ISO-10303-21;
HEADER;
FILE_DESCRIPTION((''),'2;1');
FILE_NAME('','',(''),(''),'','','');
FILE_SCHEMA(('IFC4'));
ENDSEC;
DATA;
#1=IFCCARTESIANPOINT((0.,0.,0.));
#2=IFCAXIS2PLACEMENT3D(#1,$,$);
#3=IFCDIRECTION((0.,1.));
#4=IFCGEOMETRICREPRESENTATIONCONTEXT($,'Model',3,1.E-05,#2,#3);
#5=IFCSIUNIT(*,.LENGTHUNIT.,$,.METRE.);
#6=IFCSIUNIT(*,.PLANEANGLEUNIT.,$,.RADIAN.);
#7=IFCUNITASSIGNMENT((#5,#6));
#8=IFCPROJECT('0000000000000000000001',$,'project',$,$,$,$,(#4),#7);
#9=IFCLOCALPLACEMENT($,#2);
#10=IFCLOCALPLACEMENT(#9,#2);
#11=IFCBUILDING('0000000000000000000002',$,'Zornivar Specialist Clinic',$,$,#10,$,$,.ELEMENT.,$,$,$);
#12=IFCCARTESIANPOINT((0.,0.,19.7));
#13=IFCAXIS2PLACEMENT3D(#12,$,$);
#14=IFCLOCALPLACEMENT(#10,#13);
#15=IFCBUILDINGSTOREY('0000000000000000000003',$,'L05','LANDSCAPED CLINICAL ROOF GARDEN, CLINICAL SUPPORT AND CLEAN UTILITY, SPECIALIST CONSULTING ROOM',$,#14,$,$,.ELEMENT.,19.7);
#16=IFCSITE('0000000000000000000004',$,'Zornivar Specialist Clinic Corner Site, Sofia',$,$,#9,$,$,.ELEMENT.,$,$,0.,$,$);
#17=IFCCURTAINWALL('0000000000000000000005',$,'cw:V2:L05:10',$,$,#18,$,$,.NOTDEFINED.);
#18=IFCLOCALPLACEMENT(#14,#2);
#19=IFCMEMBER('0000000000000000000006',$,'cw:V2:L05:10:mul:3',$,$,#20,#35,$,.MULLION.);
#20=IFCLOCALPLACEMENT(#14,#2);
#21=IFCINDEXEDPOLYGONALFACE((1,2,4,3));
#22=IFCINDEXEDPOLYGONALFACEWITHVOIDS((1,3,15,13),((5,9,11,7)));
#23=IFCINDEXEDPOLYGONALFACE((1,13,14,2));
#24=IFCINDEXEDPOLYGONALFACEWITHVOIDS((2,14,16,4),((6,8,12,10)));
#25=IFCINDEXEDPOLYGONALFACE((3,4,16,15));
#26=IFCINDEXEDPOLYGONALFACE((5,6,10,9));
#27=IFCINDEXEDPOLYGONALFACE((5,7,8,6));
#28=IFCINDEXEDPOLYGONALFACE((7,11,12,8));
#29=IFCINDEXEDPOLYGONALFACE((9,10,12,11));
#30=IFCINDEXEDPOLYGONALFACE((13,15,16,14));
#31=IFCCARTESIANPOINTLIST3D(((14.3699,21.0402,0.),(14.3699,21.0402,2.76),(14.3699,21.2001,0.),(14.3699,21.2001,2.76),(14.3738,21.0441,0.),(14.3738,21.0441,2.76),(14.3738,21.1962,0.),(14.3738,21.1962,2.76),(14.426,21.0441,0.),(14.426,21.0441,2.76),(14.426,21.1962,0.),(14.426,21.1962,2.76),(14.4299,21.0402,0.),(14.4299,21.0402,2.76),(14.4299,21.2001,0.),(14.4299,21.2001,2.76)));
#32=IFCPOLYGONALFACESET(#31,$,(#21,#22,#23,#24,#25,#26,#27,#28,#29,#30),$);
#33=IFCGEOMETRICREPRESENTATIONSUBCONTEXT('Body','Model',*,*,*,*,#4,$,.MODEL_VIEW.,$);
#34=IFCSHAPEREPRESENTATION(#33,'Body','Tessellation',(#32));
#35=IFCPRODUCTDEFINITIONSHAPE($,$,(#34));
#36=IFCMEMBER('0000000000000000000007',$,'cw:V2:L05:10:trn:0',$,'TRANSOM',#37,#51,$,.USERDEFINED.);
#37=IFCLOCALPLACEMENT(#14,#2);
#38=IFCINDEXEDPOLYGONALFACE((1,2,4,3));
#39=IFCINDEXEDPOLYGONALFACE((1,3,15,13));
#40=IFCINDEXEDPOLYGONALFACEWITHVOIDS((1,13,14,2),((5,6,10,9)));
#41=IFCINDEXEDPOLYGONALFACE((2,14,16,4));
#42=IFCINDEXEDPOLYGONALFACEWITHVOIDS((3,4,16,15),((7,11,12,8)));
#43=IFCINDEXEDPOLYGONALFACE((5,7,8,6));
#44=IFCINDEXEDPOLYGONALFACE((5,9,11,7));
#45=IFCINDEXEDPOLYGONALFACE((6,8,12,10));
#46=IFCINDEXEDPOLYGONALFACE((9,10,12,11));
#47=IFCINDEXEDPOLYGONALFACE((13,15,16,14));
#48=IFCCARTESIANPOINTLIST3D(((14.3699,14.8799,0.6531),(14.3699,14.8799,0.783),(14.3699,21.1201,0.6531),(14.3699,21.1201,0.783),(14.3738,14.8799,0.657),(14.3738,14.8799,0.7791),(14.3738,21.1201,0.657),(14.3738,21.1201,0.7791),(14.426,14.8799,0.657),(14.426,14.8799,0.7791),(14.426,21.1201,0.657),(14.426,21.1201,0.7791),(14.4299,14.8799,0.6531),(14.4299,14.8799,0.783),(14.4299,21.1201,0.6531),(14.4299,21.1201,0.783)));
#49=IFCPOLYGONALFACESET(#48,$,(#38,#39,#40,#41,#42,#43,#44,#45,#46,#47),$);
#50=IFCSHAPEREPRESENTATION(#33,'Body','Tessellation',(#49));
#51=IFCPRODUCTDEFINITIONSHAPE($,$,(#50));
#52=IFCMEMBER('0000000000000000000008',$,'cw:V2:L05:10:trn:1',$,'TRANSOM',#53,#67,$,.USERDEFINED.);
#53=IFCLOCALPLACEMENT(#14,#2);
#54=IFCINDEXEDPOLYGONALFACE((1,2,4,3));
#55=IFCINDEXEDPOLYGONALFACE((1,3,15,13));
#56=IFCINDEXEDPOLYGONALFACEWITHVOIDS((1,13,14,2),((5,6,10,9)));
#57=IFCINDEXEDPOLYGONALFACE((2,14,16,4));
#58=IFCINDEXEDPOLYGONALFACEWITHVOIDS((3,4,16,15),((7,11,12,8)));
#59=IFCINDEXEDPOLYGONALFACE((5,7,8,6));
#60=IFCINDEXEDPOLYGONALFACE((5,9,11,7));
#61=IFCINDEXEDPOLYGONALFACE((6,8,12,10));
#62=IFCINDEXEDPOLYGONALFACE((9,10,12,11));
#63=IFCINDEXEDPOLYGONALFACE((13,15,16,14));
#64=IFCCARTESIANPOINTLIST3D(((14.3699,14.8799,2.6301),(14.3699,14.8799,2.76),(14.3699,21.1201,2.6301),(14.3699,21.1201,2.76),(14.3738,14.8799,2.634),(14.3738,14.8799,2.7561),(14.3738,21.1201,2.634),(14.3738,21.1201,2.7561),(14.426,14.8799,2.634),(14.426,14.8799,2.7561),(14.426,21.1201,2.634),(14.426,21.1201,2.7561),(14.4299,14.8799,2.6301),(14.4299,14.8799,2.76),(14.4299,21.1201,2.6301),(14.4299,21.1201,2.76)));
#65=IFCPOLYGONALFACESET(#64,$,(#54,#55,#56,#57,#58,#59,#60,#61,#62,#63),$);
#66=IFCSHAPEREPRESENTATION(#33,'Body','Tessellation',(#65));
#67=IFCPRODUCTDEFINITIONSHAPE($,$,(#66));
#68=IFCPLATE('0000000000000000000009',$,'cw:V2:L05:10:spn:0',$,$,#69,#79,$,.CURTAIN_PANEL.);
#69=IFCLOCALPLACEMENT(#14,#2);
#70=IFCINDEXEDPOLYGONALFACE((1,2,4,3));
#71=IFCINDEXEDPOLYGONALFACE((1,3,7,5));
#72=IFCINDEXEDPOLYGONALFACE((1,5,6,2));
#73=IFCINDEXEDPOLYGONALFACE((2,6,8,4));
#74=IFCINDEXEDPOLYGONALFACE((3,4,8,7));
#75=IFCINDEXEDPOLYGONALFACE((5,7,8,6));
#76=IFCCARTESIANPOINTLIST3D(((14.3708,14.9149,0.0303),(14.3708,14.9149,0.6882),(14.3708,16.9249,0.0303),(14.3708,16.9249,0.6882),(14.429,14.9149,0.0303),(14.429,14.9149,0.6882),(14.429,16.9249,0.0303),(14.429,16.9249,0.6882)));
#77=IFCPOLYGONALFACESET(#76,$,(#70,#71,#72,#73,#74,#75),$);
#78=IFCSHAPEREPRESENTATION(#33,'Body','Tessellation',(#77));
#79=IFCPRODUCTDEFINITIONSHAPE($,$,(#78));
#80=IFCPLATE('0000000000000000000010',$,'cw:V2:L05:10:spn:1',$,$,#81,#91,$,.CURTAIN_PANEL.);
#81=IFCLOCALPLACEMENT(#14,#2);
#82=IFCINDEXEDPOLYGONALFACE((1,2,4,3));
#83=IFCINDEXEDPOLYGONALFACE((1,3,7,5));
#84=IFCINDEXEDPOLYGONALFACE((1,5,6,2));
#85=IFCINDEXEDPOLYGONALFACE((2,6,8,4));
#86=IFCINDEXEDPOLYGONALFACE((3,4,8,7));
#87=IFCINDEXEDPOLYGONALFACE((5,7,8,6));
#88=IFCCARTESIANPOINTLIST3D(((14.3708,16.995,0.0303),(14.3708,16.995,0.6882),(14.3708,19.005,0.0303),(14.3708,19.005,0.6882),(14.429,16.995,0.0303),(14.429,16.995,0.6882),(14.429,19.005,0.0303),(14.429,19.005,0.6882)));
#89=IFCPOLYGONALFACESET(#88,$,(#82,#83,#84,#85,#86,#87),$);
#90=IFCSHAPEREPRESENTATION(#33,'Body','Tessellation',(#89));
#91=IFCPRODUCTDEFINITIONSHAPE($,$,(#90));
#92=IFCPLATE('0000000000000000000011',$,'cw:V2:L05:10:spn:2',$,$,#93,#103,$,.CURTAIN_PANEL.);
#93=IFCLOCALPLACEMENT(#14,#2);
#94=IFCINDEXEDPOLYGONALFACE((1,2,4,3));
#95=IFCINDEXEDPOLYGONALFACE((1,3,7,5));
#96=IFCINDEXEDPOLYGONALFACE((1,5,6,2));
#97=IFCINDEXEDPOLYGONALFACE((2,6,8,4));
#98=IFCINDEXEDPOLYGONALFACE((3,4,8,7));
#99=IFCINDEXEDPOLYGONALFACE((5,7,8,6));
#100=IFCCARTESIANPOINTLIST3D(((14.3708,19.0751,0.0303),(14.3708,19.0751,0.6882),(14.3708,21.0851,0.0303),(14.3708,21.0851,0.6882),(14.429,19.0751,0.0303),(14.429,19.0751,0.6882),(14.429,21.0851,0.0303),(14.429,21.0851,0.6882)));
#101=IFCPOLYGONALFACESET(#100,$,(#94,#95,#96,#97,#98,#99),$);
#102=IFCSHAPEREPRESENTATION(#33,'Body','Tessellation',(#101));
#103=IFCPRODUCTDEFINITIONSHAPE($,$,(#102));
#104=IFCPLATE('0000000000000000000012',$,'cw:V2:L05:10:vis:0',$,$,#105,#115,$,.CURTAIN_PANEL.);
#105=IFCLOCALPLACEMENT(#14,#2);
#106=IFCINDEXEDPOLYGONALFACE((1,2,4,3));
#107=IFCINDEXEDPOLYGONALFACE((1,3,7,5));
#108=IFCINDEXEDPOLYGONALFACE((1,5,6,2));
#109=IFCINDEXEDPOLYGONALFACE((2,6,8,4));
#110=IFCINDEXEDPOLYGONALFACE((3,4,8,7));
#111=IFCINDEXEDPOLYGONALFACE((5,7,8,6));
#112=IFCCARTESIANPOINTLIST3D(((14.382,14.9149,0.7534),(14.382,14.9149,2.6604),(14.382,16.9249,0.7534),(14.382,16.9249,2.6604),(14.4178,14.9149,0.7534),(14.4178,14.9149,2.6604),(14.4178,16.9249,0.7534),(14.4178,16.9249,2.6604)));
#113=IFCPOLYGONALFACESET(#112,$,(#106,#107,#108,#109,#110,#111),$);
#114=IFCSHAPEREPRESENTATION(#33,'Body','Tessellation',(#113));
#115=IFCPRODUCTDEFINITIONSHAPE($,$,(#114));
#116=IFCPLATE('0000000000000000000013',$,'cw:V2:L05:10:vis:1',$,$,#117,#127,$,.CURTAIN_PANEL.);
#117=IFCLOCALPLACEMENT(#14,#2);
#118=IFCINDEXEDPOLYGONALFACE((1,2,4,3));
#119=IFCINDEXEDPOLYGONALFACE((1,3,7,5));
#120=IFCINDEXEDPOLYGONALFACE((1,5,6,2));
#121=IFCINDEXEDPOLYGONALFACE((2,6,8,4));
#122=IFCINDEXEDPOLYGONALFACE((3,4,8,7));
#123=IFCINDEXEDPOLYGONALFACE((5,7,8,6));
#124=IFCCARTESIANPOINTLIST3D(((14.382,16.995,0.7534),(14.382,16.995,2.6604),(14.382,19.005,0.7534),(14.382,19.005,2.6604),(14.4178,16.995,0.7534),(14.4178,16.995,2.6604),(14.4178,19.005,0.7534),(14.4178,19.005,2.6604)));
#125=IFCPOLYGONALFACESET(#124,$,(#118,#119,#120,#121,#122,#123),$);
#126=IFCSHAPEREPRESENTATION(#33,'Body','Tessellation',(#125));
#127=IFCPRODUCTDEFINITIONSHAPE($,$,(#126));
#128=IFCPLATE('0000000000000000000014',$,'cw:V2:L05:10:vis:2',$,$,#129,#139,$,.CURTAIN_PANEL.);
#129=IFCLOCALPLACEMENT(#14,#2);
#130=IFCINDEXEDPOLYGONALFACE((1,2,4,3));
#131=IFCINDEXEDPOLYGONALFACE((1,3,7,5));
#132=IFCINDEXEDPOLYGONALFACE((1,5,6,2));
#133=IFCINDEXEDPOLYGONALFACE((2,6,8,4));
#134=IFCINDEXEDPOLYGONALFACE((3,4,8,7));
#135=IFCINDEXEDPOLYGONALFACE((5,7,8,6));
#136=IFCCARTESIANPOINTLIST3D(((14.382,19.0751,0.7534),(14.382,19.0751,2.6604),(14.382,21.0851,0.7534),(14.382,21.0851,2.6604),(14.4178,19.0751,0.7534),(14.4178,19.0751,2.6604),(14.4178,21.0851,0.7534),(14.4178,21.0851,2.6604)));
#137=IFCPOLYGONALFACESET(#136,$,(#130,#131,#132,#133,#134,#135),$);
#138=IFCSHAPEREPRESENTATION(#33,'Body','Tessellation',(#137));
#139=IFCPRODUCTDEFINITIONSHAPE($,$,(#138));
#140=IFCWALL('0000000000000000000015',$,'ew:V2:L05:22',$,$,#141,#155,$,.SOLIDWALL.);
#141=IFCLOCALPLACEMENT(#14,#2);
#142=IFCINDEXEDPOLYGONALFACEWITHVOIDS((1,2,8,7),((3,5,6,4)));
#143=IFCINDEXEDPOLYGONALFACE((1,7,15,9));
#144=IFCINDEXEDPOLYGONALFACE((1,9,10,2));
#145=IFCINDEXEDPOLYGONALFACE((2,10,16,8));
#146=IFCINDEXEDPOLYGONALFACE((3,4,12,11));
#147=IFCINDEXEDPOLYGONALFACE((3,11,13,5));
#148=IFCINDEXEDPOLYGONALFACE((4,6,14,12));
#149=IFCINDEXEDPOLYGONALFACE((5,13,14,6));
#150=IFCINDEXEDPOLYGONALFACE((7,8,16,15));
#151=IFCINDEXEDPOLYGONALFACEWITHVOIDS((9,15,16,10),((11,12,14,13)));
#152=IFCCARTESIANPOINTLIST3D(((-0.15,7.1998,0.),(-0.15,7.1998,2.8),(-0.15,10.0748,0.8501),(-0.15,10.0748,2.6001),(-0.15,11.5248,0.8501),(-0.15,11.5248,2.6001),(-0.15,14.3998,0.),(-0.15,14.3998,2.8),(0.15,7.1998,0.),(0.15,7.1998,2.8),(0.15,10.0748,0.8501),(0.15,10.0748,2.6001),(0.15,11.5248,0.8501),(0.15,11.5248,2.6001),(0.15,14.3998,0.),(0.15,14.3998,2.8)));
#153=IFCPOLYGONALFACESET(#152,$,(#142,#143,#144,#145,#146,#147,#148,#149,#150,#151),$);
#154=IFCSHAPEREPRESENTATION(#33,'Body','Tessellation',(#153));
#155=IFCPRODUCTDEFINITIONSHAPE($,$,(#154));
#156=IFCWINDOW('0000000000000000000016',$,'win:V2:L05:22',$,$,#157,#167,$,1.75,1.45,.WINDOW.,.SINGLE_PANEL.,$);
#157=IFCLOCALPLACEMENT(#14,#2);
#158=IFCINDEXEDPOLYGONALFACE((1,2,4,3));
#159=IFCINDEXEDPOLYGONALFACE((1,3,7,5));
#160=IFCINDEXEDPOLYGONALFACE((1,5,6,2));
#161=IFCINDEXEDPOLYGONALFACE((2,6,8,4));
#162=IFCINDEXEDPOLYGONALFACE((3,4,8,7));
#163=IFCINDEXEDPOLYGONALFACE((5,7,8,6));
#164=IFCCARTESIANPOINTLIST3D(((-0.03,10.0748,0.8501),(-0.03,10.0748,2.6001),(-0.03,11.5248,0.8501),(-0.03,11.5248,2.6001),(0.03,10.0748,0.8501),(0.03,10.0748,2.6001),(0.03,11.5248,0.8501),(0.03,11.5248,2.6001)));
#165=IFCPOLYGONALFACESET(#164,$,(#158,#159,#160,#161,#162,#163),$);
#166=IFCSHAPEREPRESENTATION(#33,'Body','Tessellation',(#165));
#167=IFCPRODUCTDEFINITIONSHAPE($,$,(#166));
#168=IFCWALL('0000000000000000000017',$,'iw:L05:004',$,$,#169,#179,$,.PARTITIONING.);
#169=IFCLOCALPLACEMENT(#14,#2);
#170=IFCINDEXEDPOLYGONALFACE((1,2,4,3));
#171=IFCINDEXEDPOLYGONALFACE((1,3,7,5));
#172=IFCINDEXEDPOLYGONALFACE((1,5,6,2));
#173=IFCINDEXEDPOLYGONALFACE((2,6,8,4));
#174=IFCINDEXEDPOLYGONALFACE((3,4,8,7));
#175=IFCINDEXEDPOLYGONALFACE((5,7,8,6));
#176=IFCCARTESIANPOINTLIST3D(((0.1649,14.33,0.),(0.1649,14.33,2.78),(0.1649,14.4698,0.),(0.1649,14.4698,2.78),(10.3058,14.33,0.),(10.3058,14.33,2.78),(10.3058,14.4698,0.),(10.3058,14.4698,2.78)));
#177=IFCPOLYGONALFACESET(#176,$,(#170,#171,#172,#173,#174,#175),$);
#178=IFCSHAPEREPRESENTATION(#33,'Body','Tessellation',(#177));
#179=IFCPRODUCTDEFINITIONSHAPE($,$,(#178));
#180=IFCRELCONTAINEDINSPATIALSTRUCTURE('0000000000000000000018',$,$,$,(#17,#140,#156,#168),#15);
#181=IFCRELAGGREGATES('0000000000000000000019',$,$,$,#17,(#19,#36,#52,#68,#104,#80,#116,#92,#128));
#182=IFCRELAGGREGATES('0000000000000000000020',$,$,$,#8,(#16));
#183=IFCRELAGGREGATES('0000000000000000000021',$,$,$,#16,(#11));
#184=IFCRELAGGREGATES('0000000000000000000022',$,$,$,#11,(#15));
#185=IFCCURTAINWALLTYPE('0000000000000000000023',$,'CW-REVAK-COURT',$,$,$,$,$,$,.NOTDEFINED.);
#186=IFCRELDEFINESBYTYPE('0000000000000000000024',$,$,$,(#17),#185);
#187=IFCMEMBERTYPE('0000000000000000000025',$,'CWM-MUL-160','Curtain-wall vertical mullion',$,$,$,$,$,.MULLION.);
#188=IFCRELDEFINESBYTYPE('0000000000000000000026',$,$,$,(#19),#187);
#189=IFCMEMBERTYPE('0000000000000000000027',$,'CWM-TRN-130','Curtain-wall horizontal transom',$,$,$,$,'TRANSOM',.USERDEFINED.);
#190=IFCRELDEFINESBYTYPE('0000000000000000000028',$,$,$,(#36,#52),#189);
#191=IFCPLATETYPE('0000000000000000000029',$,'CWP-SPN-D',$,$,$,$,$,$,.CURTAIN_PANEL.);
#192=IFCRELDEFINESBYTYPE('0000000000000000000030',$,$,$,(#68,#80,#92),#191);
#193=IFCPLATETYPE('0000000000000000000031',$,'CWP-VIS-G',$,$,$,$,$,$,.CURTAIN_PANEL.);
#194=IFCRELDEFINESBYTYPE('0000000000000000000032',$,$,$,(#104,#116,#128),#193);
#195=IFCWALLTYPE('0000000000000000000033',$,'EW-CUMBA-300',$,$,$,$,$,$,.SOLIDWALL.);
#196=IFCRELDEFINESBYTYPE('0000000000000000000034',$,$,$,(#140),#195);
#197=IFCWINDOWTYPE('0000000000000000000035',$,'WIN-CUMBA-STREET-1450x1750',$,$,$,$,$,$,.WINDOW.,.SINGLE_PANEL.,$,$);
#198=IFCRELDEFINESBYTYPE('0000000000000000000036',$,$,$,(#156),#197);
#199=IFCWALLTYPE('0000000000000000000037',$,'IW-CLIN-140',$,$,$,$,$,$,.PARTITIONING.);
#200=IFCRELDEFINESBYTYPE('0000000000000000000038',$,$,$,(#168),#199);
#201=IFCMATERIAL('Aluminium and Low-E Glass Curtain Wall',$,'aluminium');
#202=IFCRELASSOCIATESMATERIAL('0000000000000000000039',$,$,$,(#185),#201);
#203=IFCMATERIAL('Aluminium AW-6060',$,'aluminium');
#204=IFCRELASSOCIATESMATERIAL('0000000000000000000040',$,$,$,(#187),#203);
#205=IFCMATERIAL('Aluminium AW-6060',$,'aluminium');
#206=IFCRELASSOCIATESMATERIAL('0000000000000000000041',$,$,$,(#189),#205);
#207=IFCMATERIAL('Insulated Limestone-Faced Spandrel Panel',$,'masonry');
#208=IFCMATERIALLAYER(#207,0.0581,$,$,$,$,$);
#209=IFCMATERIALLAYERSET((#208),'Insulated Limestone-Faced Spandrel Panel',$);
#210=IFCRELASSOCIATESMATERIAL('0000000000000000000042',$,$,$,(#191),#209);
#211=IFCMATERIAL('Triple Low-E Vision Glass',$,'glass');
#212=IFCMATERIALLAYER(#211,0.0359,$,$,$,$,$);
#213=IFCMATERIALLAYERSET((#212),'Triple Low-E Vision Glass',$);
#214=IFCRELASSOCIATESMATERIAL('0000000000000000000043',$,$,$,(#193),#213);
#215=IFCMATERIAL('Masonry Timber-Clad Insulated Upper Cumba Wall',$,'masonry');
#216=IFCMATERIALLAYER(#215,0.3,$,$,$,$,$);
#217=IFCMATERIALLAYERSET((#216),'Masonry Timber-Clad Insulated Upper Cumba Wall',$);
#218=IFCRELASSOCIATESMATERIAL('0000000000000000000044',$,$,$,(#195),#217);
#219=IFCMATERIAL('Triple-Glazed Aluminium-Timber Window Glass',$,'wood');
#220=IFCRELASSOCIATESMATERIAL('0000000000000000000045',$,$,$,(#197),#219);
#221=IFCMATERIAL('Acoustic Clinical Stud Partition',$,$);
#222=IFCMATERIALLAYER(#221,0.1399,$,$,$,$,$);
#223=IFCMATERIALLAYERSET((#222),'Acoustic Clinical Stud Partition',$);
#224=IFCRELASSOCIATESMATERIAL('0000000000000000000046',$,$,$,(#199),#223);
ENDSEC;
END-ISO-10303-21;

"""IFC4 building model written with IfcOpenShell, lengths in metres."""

from ifc_helpers import new_model, si_unit, direction, frame, frame_2d, origin, origin_2d, place, context, subcontext, project, spatial, rectangle, hollow_rectangle, extrude, material, layer, layer_set, material_profile, profile_set, type_object, element, fill, aggregate, save


model = new_model("IFC4")

# Units and contexts
model_context = context("Model", 3, precision=1e-05, world=origin(), true_north=direction((0.0, 1.0)))
body_context = subcontext(model_context, "Body", "Model", "MODEL_VIEW")
ifc_project = project(units=[si_unit("LENGTHUNIT", "METRE"), si_unit("PLANEANGLEUNIT", "RADIAN")], contexts=[model_context])

# Site, building, storey
site_placement = place(None, origin())
site = spatial("IfcSite", under=ifc_project, at=site_placement, Name="Zornivar Specialist Clinic Corner Site, Sofia", CompositionType="ELEMENT", RefElevation=0.0)
building_placement = place(site_placement, origin())
building = spatial("IfcBuilding", under=site, at=building_placement, Name="Zornivar Specialist Clinic", CompositionType="ELEMENT")
storey_placement = place(building_placement, frame((0.0, 0.0, 19.7)))
storey = spatial("IfcBuildingStorey", under=building, at=storey_placement, Name="L05", Description="LANDSCAPED CLINICAL ROOF GARDEN, CLINICAL SUPPORT AND CLEAN UTILITY, SPECIALIST CONSULTING ROOM", CompositionType="ELEMENT", Elevation=19.7)

# Curtain wall, members, plates
ifc_material_1 = material(Name="Aluminium and Low-E Glass Curtain Wall", Category="aluminium")
curtain_wall_type = type_object("IfcCurtainWallType", Name="CW-REVAK-COURT", PredefinedType="NOTDEFINED", material=ifc_material_1)
curtain_wall_placement = place(storey_placement, origin())
curtain_wall = element("IfcCurtainWall", 1, at=curtain_wall_placement, inside=storey, type_object=curtain_wall_type, Name="cw:V2:L05:10", PredefinedType="NOTDEFINED")
ifc_material_2 = material(Name="Aluminium AW-6060", Category="aluminium")
ifc_material_profile_1 = material_profile(ifc_material_2, hollow_rectangle(XDim=0.0601, YDim=0.1599, WallThickness=0.0039, at=origin_2d()), Name="ALU 60x160x4")
ifc_profile_set_1 = profile_set([ifc_material_profile_1], Name="Aluminium AW-6060")
member_type_1 = type_object("IfcMemberType", Name="CWM-MUL-160", Description="Curtain-wall vertical mullion", PredefinedType="MULLION", material=ifc_profile_set_1)
member_1_placement = place(storey_placement, frame((14.3999, 21.1201, 0.0), z_axis=(0.0, 0.0, 1.0), x_axis=(1.0, 0.0, 0.0)))
member_1 = element("IfcMember", 2, at=member_1_placement, type_object=member_type_1, Name="cw:V2:L05:10:mul:3", PredefinedType="MULLION", context=body_context, shape_type="SweptSolid", body=[
    extrude(hollow_rectangle(XDim=0.0601, YDim=0.1599, WallThickness=0.0039, at=origin_2d()), origin(), (0.0, 0.0, 1.0), 2.76),
])
ifc_material_3 = material(Name="Aluminium AW-6060", Category="aluminium")
ifc_material_profile_2 = material_profile(ifc_material_3, hollow_rectangle(XDim=0.0601, YDim=0.1299, WallThickness=0.0039, at=origin_2d()), Name="ALU 60x130x4")
ifc_profile_set_2 = profile_set([ifc_material_profile_2], Name="Aluminium AW-6060")
member_type_2 = type_object("IfcMemberType", Name="CWM-TRN-130", Description="Curtain-wall horizontal transom", ElementType="TRANSOM", PredefinedType="USERDEFINED", material=ifc_profile_set_2)
member_2_placement = place(storey_placement, frame((14.3999, 14.8799, 0.718), z_axis=(0.0, 1.0, 0.0), x_axis=(-1.0, 0.0, 0.0)))
member_2 = element("IfcMember", 3, at=member_2_placement, type_object=member_type_2, Name="cw:V2:L05:10:trn:0", ObjectType="TRANSOM", PredefinedType="USERDEFINED", context=body_context, shape_type="SweptSolid", body=[
    extrude(hollow_rectangle(XDim=0.0601, YDim=0.1299, WallThickness=0.0039, at=origin_2d()), origin(), (0.0, 0.0, 1.0), 6.2402),
])
member_3_placement = place(storey_placement, frame((14.3999, 14.8799, 2.6951), z_axis=(0.0, 1.0, 0.0), x_axis=(-1.0, 0.0, 0.0)))
member_3 = element("IfcMember", 4, at=member_3_placement, type_object=member_type_2, Name="cw:V2:L05:10:trn:1", ObjectType="TRANSOM", PredefinedType="USERDEFINED", context=body_context, shape_type="SweptSolid", body=[
    extrude(hollow_rectangle(XDim=0.0601, YDim=0.1299, WallThickness=0.0039, at=origin_2d()), origin(), (0.0, 0.0, 1.0), 6.2402),
])
ifc_material_4 = material(Name="Insulated Limestone-Faced Spandrel Panel", Category="masonry")
ifc_layer_1 = layer(ifc_material_4, 0.0581)
ifc_layer_set_1 = layer_set([ifc_layer_1], Name="Insulated Limestone-Faced Spandrel Panel")
plate_type_1 = type_object("IfcPlateType", Name="CWP-SPN-D", PredefinedType="CURTAIN_PANEL", material=ifc_layer_set_1)
plate_1_placement = place(storey_placement, frame((14.3999, 15.9199, 0.0303), z_axis=(0.0, 0.0, 1.0), x_axis=(0.0, 1.0, 0.0)))
plate_1 = element("IfcPlate", 5, at=plate_1_placement, type_object=plate_type_1, Name="cw:V2:L05:10:spn:0", PredefinedType="CURTAIN_PANEL", context=body_context, shape_type="SweptSolid", body=[
    extrude(rectangle(XDim=2.01, YDim=0.0581, at=origin_2d()), origin(), (0.0, 0.0, 1.0), 0.658),
])
plate_2_placement = place(storey_placement, frame((14.3999, 18.0, 0.0303), z_axis=(0.0, 0.0, 1.0), x_axis=(0.0, 1.0, 0.0)))
plate_2 = element("IfcPlate", 6, at=plate_2_placement, type_object=plate_type_1, Name="cw:V2:L05:10:spn:1", PredefinedType="CURTAIN_PANEL", context=body_context, shape_type="SweptSolid", body=[
    extrude(rectangle(XDim=2.01, YDim=0.0581, at=origin_2d()), origin(), (0.0, 0.0, 1.0), 0.658),
])
plate_3_placement = place(storey_placement, frame((14.3999, 20.0801, 0.0303), z_axis=(0.0, 0.0, 1.0), x_axis=(0.0, 1.0, 0.0)))
plate_3 = element("IfcPlate", 7, at=plate_3_placement, type_object=plate_type_1, Name="cw:V2:L05:10:spn:2", PredefinedType="CURTAIN_PANEL", context=body_context, shape_type="SweptSolid", body=[
    extrude(rectangle(XDim=2.01, YDim=0.0581, at=origin_2d()), origin(), (0.0, 0.0, 1.0), 0.658),
])
ifc_material_5 = material(Name="Triple Low-E Vision Glass", Category="glass")
ifc_layer_2 = layer(ifc_material_5, 0.0359)
ifc_layer_set_2 = layer_set([ifc_layer_2], Name="Triple Low-E Vision Glass")
plate_type_2 = type_object("IfcPlateType", Name="CWP-VIS-G", PredefinedType="CURTAIN_PANEL", material=ifc_layer_set_2)
plate_4_placement = place(storey_placement, frame((14.3999, 15.9199, 0.7534), z_axis=(0.0, 0.0, 1.0), x_axis=(0.0, 1.0, 0.0)))
plate_4 = element("IfcPlate", 8, at=plate_4_placement, type_object=plate_type_2, Name="cw:V2:L05:10:vis:0", PredefinedType="CURTAIN_PANEL", context=body_context, shape_type="SweptSolid", body=[
    extrude(rectangle(XDim=2.01, YDim=0.0359, at=origin_2d()), origin(), (0.0, 0.0, 1.0), 1.907),
])
plate_5_placement = place(storey_placement, frame((14.3999, 18.0, 0.7534), z_axis=(0.0, 0.0, 1.0), x_axis=(0.0, 1.0, 0.0)))
plate_5 = element("IfcPlate", 9, at=plate_5_placement, type_object=plate_type_2, Name="cw:V2:L05:10:vis:1", PredefinedType="CURTAIN_PANEL", context=body_context, shape_type="SweptSolid", body=[
    extrude(rectangle(XDim=2.01, YDim=0.0359, at=origin_2d()), origin(), (0.0, 0.0, 1.0), 1.907),
])
plate_6_placement = place(storey_placement, frame((14.3999, 20.0801, 0.7534), z_axis=(0.0, 0.0, 1.0), x_axis=(0.0, 1.0, 0.0)))
plate_6 = element("IfcPlate", 10, at=plate_6_placement, type_object=plate_type_2, Name="cw:V2:L05:10:vis:2", PredefinedType="CURTAIN_PANEL", context=body_context, shape_type="SweptSolid", body=[
    extrude(rectangle(XDim=2.01, YDim=0.0359, at=origin_2d()), origin(), (0.0, 0.0, 1.0), 1.907),
])
aggregate(curtain_wall, [member_1, member_2, member_3, plate_1, plate_4, plate_2, plate_5, plate_3, plate_6])

# Wall, opening, window
ifc_material_6 = material(Name="Masonry Timber-Clad Insulated Upper Cumba Wall", Category="masonry")
ifc_layer_3 = layer(ifc_material_6, 0.3)
ifc_layer_set_3 = layer_set([ifc_layer_3], Name="Masonry Timber-Clad Insulated Upper Cumba Wall")
wall_type_1 = type_object("IfcWallType", Name="EW-CUMBA-300", PredefinedType="SOLIDWALL", material=ifc_layer_set_3)
wall_1_placement = place(storey_placement, frame((0.0, 14.3999, 0.0), z_axis=(0.0, 0.0, 1.0), x_axis=(0.0, -1.0, 0.0)))
wall_1 = element("IfcWall", 11, at=wall_1_placement, inside=storey, type_object=wall_type_1, Name="ew:V2:L05:22", PredefinedType="SOLIDWALL", context=body_context, shape_type="SweptSolid", body=[
    extrude(rectangle(XDim=7.2, YDim=0.3, at=frame_2d((3.6001, 0.0))), origin(), (0.0, 0.0, 1.0), 2.8),
])
opening_1_placement = place(wall_1_placement, frame((2.875, 0.0, 0.8501)))
opening_1 = element("IfcOpeningElement", 12, at=opening_1_placement, cuts=wall_1, PredefinedType="OPENING", context=body_context, shape_type="SweptSolid", body=[
    extrude(rectangle(XDim=1.45, YDim=1.75, at=frame_2d((0.7251, 0.875))), frame((0.0, 0.1599, 0.0), z_axis=(0.0, -1.0, 0.0), x_axis=(1.0, 0.0, 0.0)), (0.0, 0.0, 1.0), 0.3201),
])
ifc_material_7 = material(Name="Triple-Glazed Aluminium-Timber Window Glass", Category="wood")
window_type = type_object("IfcWindowType", Name="WIN-CUMBA-STREET-1450x1750", PartitioningType="SINGLE_PANEL", PredefinedType="WINDOW", material=ifc_material_7)
window_placement = place(opening_1_placement, origin())
window = element("IfcWindow", 13, at=window_placement, inside=storey, type_object=window_type, Name="win:V2:L05:22", OverallHeight=1.75, OverallWidth=1.45, PartitioningType="SINGLE_PANEL", PredefinedType="WINDOW", context=body_context, shape_type="SweptSolid", body=[
    extrude(rectangle(XDim=1.45, YDim=1.75, at=frame_2d((0.7251, 0.875))), frame((0.0, 0.03, 0.0), z_axis=(0.0, -1.0, 0.0), x_axis=(1.0, 0.0, 0.0)), (0.0, 0.0, 1.0), 0.0601),
])
fill(opening_1, window)

# Wall
ifc_material_8 = material(Name="Acoustic Clinical Stud Partition")
ifc_layer_4 = layer(ifc_material_8, 0.1399)
ifc_layer_set_4 = layer_set([ifc_layer_4], Name="Acoustic Clinical Stud Partition")
wall_type_2 = type_object("IfcWallType", Name="IW-CLIN-140", PredefinedType="PARTITIONING", material=ifc_layer_set_4)
wall_2_placement = place(storey_placement, frame((0.165, 14.3999, 0.0), z_axis=(0.0, 0.0, 1.0), x_axis=(1.0, 0.0, 0.0)))
element("IfcWall", 14, at=wall_2_placement, inside=storey, type_object=wall_type_2, Name="iw:L05:004", PredefinedType="PARTITIONING", context=body_context, shape_type="SweptSolid", body=[
    extrude(rectangle(XDim=10.1409, YDim=0.1399, at=frame_2d((5.0703, 0.0))), origin(), (0.0, 0.0, 1.0), 2.78),
])

save(model, "model.ifc")
